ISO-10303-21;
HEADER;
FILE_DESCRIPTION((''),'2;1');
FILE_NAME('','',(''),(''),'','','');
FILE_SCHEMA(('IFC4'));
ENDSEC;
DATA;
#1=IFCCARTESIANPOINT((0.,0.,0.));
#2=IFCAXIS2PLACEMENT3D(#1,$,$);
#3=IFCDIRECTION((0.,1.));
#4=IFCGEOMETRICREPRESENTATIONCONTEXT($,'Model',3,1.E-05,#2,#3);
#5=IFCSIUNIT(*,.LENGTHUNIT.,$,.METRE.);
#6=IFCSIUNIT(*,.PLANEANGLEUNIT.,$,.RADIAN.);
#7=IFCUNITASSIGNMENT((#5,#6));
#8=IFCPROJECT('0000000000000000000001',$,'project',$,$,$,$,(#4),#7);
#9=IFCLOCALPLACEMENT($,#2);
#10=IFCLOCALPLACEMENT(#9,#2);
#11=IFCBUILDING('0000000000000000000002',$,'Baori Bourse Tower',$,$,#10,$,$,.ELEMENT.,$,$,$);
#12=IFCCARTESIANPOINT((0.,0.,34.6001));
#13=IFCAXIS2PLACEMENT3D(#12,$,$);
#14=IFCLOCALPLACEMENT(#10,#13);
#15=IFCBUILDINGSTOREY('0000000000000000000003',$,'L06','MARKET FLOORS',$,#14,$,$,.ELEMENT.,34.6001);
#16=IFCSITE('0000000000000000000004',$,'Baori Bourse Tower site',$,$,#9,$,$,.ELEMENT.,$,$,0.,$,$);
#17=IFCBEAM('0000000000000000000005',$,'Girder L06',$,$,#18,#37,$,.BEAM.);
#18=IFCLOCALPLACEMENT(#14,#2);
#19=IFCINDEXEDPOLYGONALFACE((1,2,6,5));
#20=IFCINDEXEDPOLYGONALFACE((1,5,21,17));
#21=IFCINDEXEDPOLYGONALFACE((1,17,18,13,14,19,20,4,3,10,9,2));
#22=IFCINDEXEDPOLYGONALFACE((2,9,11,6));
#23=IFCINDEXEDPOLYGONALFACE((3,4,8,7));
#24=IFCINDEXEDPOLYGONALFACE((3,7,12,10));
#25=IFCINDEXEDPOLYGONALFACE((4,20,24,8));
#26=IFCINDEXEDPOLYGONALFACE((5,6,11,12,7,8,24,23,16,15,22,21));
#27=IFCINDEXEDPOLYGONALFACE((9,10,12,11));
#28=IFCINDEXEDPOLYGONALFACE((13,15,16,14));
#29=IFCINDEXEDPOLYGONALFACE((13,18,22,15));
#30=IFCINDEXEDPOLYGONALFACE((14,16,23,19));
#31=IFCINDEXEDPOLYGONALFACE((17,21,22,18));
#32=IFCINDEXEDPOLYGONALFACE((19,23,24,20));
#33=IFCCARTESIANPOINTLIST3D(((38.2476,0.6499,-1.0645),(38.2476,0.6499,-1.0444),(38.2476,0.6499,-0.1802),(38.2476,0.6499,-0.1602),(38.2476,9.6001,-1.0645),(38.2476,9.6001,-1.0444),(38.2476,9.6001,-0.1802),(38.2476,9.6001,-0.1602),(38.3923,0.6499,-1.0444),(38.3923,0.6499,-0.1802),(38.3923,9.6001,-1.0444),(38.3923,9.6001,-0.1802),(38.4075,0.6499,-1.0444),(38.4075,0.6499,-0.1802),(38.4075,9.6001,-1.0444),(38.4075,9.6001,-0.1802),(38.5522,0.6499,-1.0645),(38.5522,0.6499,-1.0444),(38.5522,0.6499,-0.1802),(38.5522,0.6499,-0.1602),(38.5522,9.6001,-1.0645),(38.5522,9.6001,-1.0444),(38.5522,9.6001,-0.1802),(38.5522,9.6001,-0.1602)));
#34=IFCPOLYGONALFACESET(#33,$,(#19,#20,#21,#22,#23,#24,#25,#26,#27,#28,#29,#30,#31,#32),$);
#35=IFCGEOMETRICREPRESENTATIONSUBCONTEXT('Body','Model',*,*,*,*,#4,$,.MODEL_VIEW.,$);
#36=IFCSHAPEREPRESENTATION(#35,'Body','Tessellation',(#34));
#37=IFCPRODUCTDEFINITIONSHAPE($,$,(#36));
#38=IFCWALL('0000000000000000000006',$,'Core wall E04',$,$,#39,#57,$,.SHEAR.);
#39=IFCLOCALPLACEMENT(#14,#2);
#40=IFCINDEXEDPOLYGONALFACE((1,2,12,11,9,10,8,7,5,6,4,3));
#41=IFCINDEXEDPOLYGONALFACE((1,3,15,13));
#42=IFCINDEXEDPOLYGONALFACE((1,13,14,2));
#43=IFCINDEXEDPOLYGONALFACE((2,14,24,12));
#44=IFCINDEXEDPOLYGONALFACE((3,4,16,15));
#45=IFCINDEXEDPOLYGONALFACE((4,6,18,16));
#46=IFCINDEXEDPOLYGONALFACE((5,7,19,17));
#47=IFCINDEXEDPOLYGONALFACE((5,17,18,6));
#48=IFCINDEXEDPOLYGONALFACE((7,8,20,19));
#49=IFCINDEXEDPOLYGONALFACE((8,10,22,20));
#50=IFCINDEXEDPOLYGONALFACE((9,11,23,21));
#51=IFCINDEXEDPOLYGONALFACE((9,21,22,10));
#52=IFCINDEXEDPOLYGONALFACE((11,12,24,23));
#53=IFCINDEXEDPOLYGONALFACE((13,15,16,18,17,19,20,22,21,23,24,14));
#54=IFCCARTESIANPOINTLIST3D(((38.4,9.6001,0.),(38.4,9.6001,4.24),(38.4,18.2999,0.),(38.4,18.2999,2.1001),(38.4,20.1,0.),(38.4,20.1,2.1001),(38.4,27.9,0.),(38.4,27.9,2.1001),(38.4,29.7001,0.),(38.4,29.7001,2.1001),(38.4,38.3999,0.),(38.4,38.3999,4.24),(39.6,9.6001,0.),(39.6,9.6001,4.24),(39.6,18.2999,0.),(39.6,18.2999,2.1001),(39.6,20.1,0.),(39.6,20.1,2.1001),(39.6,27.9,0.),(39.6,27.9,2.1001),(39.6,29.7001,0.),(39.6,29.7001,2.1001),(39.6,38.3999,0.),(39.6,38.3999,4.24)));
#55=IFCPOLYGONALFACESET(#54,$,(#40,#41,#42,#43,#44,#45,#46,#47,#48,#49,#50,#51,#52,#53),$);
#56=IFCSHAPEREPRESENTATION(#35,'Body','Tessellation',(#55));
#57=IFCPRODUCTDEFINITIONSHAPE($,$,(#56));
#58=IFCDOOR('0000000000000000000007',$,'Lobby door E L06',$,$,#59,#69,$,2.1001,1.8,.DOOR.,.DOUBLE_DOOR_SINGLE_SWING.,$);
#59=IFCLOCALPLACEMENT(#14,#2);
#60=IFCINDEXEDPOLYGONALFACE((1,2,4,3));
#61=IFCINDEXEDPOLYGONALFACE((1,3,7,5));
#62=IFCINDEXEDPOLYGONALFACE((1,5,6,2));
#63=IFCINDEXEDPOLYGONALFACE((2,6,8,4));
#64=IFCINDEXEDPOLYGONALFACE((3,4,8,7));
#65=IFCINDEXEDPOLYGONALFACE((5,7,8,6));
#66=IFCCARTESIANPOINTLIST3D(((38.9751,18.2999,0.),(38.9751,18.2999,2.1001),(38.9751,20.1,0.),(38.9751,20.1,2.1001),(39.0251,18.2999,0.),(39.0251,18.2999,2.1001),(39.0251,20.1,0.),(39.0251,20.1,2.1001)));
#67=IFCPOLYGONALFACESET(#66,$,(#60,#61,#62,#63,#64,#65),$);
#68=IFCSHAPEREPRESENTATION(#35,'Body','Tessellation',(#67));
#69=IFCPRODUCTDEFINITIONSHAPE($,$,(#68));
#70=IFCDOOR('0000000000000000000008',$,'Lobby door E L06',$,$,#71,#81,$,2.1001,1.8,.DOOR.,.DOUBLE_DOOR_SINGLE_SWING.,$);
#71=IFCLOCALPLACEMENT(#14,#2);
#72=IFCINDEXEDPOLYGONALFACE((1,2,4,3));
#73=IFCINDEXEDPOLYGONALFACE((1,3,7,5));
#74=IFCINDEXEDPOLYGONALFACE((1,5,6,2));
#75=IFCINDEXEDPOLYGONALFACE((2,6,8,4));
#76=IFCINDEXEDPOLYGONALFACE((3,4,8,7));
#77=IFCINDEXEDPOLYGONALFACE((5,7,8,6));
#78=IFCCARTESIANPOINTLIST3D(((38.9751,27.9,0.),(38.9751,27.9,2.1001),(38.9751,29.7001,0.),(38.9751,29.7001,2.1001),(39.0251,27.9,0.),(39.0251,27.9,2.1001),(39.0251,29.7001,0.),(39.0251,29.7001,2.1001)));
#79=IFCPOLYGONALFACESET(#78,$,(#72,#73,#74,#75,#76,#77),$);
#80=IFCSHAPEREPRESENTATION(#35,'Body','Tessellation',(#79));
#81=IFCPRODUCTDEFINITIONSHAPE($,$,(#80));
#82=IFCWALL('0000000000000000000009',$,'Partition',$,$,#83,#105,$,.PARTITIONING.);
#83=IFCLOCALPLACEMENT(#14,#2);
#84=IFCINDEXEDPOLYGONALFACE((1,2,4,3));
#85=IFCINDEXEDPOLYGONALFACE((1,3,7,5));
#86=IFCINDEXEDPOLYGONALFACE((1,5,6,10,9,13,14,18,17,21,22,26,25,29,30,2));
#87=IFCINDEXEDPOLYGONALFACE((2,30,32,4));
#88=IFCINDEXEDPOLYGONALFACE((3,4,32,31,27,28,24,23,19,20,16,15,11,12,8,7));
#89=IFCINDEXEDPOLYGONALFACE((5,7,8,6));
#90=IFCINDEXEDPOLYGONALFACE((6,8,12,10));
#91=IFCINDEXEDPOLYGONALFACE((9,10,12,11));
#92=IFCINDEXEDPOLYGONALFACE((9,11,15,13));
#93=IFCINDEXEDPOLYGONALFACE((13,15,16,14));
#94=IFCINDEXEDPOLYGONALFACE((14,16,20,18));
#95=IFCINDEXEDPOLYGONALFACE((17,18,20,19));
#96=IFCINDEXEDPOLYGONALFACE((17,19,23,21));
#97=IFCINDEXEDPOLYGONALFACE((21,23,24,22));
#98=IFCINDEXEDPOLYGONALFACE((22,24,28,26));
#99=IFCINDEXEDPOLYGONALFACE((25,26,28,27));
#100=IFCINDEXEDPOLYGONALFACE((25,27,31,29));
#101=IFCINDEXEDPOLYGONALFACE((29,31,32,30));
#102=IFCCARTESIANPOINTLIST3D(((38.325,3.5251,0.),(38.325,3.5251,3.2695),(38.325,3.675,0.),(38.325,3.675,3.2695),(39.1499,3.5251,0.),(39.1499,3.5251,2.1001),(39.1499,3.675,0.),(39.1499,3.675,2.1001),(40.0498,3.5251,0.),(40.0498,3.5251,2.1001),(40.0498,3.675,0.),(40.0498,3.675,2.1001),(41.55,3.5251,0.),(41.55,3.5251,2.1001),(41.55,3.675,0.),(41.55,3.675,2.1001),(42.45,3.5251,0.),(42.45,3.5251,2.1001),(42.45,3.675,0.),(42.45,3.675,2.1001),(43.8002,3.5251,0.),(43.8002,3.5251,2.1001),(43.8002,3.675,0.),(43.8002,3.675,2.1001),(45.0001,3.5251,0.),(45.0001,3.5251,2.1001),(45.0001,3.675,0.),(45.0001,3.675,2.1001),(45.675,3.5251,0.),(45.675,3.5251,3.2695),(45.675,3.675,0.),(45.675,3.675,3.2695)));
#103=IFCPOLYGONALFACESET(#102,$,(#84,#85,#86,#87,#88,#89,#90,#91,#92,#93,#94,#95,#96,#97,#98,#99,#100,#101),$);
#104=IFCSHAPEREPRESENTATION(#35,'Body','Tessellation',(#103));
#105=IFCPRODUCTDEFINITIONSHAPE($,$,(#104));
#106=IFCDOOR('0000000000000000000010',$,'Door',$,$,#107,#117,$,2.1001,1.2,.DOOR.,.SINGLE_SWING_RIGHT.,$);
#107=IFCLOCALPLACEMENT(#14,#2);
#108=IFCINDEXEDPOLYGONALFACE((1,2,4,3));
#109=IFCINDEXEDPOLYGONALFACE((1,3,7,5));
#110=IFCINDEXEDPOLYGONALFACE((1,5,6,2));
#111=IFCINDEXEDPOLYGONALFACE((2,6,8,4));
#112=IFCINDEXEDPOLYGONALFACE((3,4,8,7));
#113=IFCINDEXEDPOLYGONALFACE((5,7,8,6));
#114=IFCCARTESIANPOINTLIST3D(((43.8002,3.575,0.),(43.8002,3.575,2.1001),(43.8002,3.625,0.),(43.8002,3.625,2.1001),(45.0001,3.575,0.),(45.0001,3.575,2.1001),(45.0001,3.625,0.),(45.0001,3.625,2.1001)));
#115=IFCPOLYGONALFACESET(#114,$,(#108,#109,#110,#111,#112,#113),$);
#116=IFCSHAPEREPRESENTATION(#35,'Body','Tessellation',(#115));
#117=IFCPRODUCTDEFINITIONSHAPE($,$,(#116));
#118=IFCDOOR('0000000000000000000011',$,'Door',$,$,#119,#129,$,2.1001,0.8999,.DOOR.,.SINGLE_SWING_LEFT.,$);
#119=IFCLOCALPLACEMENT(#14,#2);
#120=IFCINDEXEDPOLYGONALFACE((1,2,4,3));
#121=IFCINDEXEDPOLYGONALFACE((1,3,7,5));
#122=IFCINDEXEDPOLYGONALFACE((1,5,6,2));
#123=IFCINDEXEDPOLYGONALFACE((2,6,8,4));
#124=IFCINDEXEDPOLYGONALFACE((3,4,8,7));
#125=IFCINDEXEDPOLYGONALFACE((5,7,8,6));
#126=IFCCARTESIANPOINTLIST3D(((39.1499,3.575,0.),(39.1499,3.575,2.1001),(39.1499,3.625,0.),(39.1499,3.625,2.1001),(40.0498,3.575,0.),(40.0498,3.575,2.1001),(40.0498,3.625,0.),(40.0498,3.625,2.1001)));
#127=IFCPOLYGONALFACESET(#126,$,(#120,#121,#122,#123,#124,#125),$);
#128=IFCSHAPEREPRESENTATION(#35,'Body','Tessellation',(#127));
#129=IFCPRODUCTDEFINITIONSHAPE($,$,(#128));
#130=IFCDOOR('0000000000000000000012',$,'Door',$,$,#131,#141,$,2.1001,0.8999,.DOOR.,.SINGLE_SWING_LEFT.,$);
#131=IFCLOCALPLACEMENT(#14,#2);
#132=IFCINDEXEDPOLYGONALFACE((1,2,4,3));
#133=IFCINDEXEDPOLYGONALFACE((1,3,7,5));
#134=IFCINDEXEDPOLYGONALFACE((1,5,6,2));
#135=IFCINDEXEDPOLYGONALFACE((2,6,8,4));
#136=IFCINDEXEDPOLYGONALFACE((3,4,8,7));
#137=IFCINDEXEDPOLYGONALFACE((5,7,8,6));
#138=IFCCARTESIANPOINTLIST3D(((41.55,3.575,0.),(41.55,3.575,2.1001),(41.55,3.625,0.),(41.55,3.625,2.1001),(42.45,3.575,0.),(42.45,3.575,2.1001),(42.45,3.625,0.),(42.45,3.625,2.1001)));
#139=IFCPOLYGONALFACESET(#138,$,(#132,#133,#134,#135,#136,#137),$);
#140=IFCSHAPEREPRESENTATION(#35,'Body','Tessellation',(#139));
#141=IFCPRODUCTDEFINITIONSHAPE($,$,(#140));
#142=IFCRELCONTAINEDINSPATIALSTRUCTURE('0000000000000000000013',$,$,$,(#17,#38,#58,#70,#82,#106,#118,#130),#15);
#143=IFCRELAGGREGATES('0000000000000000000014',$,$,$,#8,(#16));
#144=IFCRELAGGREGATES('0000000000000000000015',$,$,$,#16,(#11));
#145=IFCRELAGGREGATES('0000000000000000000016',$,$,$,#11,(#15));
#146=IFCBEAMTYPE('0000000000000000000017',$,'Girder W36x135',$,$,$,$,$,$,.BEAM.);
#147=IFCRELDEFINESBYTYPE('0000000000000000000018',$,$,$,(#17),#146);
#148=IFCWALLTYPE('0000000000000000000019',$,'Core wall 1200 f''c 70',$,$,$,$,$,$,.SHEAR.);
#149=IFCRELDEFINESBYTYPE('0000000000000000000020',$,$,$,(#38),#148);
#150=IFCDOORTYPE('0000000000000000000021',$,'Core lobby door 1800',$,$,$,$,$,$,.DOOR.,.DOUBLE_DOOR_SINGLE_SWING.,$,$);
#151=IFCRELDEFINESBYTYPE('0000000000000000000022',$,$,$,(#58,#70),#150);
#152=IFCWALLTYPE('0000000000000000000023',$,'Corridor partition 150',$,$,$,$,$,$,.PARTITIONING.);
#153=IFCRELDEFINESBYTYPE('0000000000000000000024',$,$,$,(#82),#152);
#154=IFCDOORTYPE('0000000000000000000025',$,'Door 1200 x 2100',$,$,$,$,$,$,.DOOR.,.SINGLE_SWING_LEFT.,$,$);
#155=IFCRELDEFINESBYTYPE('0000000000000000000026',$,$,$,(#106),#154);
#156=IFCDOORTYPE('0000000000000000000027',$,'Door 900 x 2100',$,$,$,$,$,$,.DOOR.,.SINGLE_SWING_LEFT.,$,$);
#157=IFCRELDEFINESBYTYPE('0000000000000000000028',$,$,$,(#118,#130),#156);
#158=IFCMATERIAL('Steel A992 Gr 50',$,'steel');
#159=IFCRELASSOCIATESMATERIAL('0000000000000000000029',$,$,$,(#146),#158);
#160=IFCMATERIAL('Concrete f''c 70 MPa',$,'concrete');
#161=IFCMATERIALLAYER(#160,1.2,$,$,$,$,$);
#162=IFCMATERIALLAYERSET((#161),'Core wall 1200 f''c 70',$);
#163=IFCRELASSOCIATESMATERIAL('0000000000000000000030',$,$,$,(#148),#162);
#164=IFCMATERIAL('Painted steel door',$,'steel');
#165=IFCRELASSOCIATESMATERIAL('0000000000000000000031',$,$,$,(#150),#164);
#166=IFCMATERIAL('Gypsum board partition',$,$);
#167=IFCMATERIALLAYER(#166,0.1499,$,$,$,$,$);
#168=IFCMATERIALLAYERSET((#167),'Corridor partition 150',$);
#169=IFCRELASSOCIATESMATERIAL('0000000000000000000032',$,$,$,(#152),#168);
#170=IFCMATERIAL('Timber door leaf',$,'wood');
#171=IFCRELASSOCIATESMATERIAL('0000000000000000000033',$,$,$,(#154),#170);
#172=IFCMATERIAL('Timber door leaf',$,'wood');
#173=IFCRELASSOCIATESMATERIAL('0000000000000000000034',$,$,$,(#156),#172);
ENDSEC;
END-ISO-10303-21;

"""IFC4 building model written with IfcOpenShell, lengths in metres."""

from ifc_helpers import new_model, si_unit, direction, frame, frame_2d, origin, origin_2d, place, context, subcontext, project, spatial, rectangle, i_section, extrude, material, layer, layer_set, material_profile, profile_set, type_object, element, fill, save


model = new_model("IFC4")

# Units and contexts
model_context = context("Model", 3, precision=1e-05, world=origin(), true_north=direction((0.0, 1.0)))
body_context = subcontext(model_context, "Body", "Model", "MODEL_VIEW")
ifc_project = project(units=[si_unit("LENGTHUNIT", "METRE"), si_unit("PLANEANGLEUNIT", "RADIAN")], contexts=[model_context])

# Site, building, storey
site_placement = place(None, origin())
site = spatial("IfcSite", under=ifc_project, at=site_placement, Name="Baori Bourse Tower site", CompositionType="ELEMENT", RefElevation=0.0)
building_placement = place(site_placement, origin())
building = spatial("IfcBuilding", under=site, at=building_placement, Name="Baori Bourse Tower", CompositionType="ELEMENT")
storey_placement = place(building_placement, frame((0.0, 0.0, 34.6001)))
storey = spatial("IfcBuildingStorey", under=building, at=storey_placement, Name="L06", Description="MARKET FLOORS", CompositionType="ELEMENT", Elevation=34.6001)

# Beam
ifc_material_1 = material(Name="Steel A992 Gr 50", Category="steel")
ifc_material_profile = material_profile(ifc_material_1, i_section(OverallWidth=0.3047, OverallDepth=0.9043, WebThickness=0.0151, FlangeThickness=0.02, at=origin_2d()), Name="W36x135")
ifc_profile_set = profile_set([ifc_material_profile], Name="Steel A992 Gr 50")
beam_type = type_object("IfcBeamType", Name="Girder W36x135", PredefinedType="BEAM", material=ifc_profile_set)
beam_placement = place(storey_placement, frame((38.3999, 0.6499, -0.6123), z_axis=(0.0, 1.0, 0.0), x_axis=(-1.0, 0.0, 0.0)))
element("IfcBeam", 1, at=beam_placement, inside=storey, type_object=beam_type, Name="Girder L06", PredefinedType="BEAM", context=body_context, shape_type="SweptSolid", body=[
    extrude(i_section(OverallWidth=0.3047, OverallDepth=0.9043, WebThickness=0.0151, FlangeThickness=0.02, at=origin_2d()), origin(), (0.0, 0.0, 1.0), 8.9502),
])

# Walls, openings, doors
ifc_material_2 = material(Name="Concrete f'c 70 MPa", Category="concrete")
ifc_layer_1 = layer(ifc_material_2, 1.2)
ifc_layer_set_1 = layer_set([ifc_layer_1], Name="Core wall 1200 f'c 70")
wall_type_1 = type_object("IfcWallType", Name="Core wall 1200 f'c 70", PredefinedType="SHEAR", material=ifc_layer_set_1)
wall_1_placement = place(storey_placement, frame((39.0, 9.6001, 0.0), z_axis=(0.0, 0.0, 1.0), x_axis=(0.0, 1.0, 0.0)))
wall_1 = element("IfcWall", 2, at=wall_1_placement, inside=storey, type_object=wall_type_1, Name="Core wall E04", PredefinedType="SHEAR", context=body_context, shape_type="SweptSolid", body=[
    extrude(rectangle(XDim=28.7998, YDim=1.2, at=frame_2d((14.3999, 0.0))), origin(), (0.0, 0.0, 1.0), 4.24),
])
opening_1_placement = place(wall_1_placement, frame((8.7, 0.0, 0.0)))
opening_1 = element("IfcOpeningElement", 3, at=opening_1_placement, cuts=wall_1, PredefinedType="OPENING", context=body_context, shape_type="SweptSolid", body=[
    extrude(rectangle(XDim=1.8, YDim=2.1001, at=frame_2d((0.8999, 1.05))), frame((0.0, 0.6099, 0.0), z_axis=(0.0, -1.0, 0.0), x_axis=(1.0, 0.0, 0.0)), (0.0, 0.0, 1.0), 1.22),
])
opening_2_placement = place(wall_1_placement, frame((18.3, 0.0, 0.0)))
opening_2 = element("IfcOpeningElement", 4, at=opening_2_placement, cuts=wall_1, PredefinedType="OPENING", context=body_context, shape_type="SweptSolid", body=[
    extrude(rectangle(XDim=1.8, YDim=2.1001, at=frame_2d((0.8999, 1.05))), frame((0.0, 0.6099, 0.0), z_axis=(0.0, -1.0, 0.0), x_axis=(1.0, 0.0, 0.0)), (0.0, 0.0, 1.0), 1.22),
])
ifc_material_3 = material(Name="Painted steel door", Category="steel")
door_type_1 = type_object("IfcDoorType", Name="Core lobby door 1800", OperationType="DOUBLE_DOOR_SINGLE_SWING", PredefinedType="DOOR", material=ifc_material_3)
door_1_placement = place(opening_1_placement, origin())
door_1 = element("IfcDoor", 5, at=door_1_placement, inside=storey, type_object=door_type_1, Name="Lobby door E L06", OperationType="DOUBLE_DOOR_SINGLE_SWING", OverallHeight=2.1001, OverallWidth=1.8, PredefinedType="DOOR", context=body_context, shape_type="SweptSolid", body=[
    extrude(rectangle(XDim=1.8, YDim=2.1001, at=frame_2d((0.8999, 1.05))), frame((0.0, 0.0249, 0.0), z_axis=(0.0, -1.0, 0.0), x_axis=(1.0, 0.0, 0.0)), (0.0, 0.0, 1.0), 0.05),
])
fill(opening_1, door_1)
door_2_placement = place(opening_2_placement, origin())
door_2 = element("IfcDoor", 6, at=door_2_placement, inside=storey, type_object=door_type_1, Name="Lobby door E L06", OperationType="DOUBLE_DOOR_SINGLE_SWING", OverallHeight=2.1001, OverallWidth=1.8, PredefinedType="DOOR", context=body_context, shape_type="SweptSolid", body=[
    extrude(rectangle(XDim=1.8, YDim=2.1001, at=frame_2d((0.8999, 1.05))), frame((0.0, 0.0249, 0.0), z_axis=(0.0, -1.0, 0.0), x_axis=(1.0, 0.0, 0.0)), (0.0, 0.0, 1.0), 0.05),
])
fill(opening_2, door_2)
ifc_material_4 = material(Name="Gypsum board partition")
ifc_layer_2 = layer(ifc_material_4, 0.1499)
ifc_layer_set_2 = layer_set([ifc_layer_2], Name="Corridor partition 150")
wall_type_2 = type_object("IfcWallType", Name="Corridor partition 150", PredefinedType="PARTITIONING", material=ifc_layer_set_2)
wall_2_placement = place(storey_placement, frame((38.325, 3.6001, 0.0), z_axis=(0.0, 0.0, 1.0), x_axis=(1.0, 0.0, 0.0)))
wall_2 = element("IfcWall", 7, at=wall_2_placement, inside=storey, type_object=wall_type_2, Name="Partition", PredefinedType="PARTITIONING", context=body_context, shape_type="SweptSolid", body=[
    extrude(rectangle(XDim=7.3501, YDim=0.1499, at=frame_2d((3.675, 0.0))), origin(), (0.0, 0.0, 1.0), 3.2695),
])
opening_3_placement = place(wall_2_placement, frame((0.825, 0.0, 0.0)))
opening_3 = element("IfcOpeningElement", 8, at=opening_3_placement, cuts=wall_2, PredefinedType="OPENING", context=body_context, shape_type="SweptSolid", body=[
    extrude(rectangle(XDim=0.8999, YDim=2.1001, at=frame_2d((0.45, 1.05))), frame((0.0, 0.085, 0.0), z_axis=(0.0, -1.0, 0.0), x_axis=(1.0, 0.0, 0.0)), (0.0, 0.0, 1.0), 0.1699),
])
opening_4_placement = place(wall_2_placement, frame((3.2251, 0.0, 0.0)))
opening_4 = element("IfcOpeningElement", 9, at=opening_4_placement, cuts=wall_2, PredefinedType="OPENING", context=body_context, shape_type="SweptSolid", body=[
    extrude(rectangle(XDim=0.8999, YDim=2.1001, at=frame_2d((0.45, 1.05))), frame((0.0, 0.085, 0.0), z_axis=(0.0, -1.0, 0.0), x_axis=(1.0, 0.0, 0.0)), (0.0, 0.0, 1.0), 0.1699),
])
opening_5_placement = place(wall_2_placement, frame((5.4751, 0.0, 0.0)))
opening_5 = element("IfcOpeningElement", 10, at=opening_5_placement, cuts=wall_2, PredefinedType="OPENING", context=body_context, shape_type="SweptSolid", body=[
    extrude(rectangle(XDim=1.2, YDim=2.1001, at=frame_2d((0.6001, 1.05))), frame((0.0, 0.085, 0.0), z_axis=(0.0, -1.0, 0.0), x_axis=(1.0, 0.0, 0.0)), (0.0, 0.0, 1.0), 0.1699),
])
ifc_material_5 = material(Name="Timber door leaf", Category="wood")
door_type_2 = type_object("IfcDoorType", Name="Door 1200 x 2100", OperationType="SINGLE_SWING_LEFT", PredefinedType="DOOR", material=ifc_material_5)
door_3_placement = place(opening_5_placement, origin())
door_3 = element("IfcDoor", 11, at=door_3_placement, inside=storey, type_object=door_type_2, Name="Door", OperationType="SINGLE_SWING_RIGHT", OverallHeight=2.1001, OverallWidth=1.2, PredefinedType="DOOR", context=body_context, shape_type="SweptSolid", body=[
    extrude(rectangle(XDim=1.2, YDim=2.1001, at=frame_2d((0.6001, 1.05))), frame((0.0, 0.0249, 0.0), z_axis=(0.0, -1.0, 0.0), x_axis=(1.0, 0.0, 0.0)), (0.0, 0.0, 1.0), 0.05),
])
fill(opening_5, door_3)
ifc_material_6 = material(Name="Timber door leaf", Category="wood")
door_type_3 = type_object("IfcDoorType", Name="Door 900 x 2100", OperationType="SINGLE_SWING_LEFT", PredefinedType="DOOR", material=ifc_material_6)
door_4_placement = place(opening_3_placement, origin())
door_4 = element("IfcDoor", 12, at=door_4_placement, inside=storey, type_object=door_type_3, Name="Door", OperationType="SINGLE_SWING_LEFT", OverallHeight=2.1001, OverallWidth=0.8999, PredefinedType="DOOR", context=body_context, shape_type="SweptSolid", body=[
    extrude(rectangle(XDim=0.8999, YDim=2.1001, at=frame_2d((0.45, 1.05))), frame((0.0, 0.0249, 0.0), z_axis=(0.0, -1.0, 0.0), x_axis=(1.0, 0.0, 0.0)), (0.0, 0.0, 1.0), 0.05),
])
fill(opening_3, door_4)
door_5_placement = place(opening_4_placement, origin())
door_5 = element("IfcDoor", 13, at=door_5_placement, inside=storey, type_object=door_type_3, Name="Door", OperationType="SINGLE_SWING_LEFT", OverallHeight=2.1001, OverallWidth=0.8999, PredefinedType="DOOR", context=body_context, shape_type="SweptSolid", body=[
    extrude(rectangle(XDim=0.8999, YDim=2.1001, at=frame_2d((0.45, 1.05))), frame((0.0, 0.0249, 0.0), z_axis=(0.0, -1.0, 0.0), x_axis=(1.0, 0.0, 0.0)), (0.0, 0.0, 1.0), 0.05),
])
fill(opening_4, door_5)

save(model, "model.ifc")
